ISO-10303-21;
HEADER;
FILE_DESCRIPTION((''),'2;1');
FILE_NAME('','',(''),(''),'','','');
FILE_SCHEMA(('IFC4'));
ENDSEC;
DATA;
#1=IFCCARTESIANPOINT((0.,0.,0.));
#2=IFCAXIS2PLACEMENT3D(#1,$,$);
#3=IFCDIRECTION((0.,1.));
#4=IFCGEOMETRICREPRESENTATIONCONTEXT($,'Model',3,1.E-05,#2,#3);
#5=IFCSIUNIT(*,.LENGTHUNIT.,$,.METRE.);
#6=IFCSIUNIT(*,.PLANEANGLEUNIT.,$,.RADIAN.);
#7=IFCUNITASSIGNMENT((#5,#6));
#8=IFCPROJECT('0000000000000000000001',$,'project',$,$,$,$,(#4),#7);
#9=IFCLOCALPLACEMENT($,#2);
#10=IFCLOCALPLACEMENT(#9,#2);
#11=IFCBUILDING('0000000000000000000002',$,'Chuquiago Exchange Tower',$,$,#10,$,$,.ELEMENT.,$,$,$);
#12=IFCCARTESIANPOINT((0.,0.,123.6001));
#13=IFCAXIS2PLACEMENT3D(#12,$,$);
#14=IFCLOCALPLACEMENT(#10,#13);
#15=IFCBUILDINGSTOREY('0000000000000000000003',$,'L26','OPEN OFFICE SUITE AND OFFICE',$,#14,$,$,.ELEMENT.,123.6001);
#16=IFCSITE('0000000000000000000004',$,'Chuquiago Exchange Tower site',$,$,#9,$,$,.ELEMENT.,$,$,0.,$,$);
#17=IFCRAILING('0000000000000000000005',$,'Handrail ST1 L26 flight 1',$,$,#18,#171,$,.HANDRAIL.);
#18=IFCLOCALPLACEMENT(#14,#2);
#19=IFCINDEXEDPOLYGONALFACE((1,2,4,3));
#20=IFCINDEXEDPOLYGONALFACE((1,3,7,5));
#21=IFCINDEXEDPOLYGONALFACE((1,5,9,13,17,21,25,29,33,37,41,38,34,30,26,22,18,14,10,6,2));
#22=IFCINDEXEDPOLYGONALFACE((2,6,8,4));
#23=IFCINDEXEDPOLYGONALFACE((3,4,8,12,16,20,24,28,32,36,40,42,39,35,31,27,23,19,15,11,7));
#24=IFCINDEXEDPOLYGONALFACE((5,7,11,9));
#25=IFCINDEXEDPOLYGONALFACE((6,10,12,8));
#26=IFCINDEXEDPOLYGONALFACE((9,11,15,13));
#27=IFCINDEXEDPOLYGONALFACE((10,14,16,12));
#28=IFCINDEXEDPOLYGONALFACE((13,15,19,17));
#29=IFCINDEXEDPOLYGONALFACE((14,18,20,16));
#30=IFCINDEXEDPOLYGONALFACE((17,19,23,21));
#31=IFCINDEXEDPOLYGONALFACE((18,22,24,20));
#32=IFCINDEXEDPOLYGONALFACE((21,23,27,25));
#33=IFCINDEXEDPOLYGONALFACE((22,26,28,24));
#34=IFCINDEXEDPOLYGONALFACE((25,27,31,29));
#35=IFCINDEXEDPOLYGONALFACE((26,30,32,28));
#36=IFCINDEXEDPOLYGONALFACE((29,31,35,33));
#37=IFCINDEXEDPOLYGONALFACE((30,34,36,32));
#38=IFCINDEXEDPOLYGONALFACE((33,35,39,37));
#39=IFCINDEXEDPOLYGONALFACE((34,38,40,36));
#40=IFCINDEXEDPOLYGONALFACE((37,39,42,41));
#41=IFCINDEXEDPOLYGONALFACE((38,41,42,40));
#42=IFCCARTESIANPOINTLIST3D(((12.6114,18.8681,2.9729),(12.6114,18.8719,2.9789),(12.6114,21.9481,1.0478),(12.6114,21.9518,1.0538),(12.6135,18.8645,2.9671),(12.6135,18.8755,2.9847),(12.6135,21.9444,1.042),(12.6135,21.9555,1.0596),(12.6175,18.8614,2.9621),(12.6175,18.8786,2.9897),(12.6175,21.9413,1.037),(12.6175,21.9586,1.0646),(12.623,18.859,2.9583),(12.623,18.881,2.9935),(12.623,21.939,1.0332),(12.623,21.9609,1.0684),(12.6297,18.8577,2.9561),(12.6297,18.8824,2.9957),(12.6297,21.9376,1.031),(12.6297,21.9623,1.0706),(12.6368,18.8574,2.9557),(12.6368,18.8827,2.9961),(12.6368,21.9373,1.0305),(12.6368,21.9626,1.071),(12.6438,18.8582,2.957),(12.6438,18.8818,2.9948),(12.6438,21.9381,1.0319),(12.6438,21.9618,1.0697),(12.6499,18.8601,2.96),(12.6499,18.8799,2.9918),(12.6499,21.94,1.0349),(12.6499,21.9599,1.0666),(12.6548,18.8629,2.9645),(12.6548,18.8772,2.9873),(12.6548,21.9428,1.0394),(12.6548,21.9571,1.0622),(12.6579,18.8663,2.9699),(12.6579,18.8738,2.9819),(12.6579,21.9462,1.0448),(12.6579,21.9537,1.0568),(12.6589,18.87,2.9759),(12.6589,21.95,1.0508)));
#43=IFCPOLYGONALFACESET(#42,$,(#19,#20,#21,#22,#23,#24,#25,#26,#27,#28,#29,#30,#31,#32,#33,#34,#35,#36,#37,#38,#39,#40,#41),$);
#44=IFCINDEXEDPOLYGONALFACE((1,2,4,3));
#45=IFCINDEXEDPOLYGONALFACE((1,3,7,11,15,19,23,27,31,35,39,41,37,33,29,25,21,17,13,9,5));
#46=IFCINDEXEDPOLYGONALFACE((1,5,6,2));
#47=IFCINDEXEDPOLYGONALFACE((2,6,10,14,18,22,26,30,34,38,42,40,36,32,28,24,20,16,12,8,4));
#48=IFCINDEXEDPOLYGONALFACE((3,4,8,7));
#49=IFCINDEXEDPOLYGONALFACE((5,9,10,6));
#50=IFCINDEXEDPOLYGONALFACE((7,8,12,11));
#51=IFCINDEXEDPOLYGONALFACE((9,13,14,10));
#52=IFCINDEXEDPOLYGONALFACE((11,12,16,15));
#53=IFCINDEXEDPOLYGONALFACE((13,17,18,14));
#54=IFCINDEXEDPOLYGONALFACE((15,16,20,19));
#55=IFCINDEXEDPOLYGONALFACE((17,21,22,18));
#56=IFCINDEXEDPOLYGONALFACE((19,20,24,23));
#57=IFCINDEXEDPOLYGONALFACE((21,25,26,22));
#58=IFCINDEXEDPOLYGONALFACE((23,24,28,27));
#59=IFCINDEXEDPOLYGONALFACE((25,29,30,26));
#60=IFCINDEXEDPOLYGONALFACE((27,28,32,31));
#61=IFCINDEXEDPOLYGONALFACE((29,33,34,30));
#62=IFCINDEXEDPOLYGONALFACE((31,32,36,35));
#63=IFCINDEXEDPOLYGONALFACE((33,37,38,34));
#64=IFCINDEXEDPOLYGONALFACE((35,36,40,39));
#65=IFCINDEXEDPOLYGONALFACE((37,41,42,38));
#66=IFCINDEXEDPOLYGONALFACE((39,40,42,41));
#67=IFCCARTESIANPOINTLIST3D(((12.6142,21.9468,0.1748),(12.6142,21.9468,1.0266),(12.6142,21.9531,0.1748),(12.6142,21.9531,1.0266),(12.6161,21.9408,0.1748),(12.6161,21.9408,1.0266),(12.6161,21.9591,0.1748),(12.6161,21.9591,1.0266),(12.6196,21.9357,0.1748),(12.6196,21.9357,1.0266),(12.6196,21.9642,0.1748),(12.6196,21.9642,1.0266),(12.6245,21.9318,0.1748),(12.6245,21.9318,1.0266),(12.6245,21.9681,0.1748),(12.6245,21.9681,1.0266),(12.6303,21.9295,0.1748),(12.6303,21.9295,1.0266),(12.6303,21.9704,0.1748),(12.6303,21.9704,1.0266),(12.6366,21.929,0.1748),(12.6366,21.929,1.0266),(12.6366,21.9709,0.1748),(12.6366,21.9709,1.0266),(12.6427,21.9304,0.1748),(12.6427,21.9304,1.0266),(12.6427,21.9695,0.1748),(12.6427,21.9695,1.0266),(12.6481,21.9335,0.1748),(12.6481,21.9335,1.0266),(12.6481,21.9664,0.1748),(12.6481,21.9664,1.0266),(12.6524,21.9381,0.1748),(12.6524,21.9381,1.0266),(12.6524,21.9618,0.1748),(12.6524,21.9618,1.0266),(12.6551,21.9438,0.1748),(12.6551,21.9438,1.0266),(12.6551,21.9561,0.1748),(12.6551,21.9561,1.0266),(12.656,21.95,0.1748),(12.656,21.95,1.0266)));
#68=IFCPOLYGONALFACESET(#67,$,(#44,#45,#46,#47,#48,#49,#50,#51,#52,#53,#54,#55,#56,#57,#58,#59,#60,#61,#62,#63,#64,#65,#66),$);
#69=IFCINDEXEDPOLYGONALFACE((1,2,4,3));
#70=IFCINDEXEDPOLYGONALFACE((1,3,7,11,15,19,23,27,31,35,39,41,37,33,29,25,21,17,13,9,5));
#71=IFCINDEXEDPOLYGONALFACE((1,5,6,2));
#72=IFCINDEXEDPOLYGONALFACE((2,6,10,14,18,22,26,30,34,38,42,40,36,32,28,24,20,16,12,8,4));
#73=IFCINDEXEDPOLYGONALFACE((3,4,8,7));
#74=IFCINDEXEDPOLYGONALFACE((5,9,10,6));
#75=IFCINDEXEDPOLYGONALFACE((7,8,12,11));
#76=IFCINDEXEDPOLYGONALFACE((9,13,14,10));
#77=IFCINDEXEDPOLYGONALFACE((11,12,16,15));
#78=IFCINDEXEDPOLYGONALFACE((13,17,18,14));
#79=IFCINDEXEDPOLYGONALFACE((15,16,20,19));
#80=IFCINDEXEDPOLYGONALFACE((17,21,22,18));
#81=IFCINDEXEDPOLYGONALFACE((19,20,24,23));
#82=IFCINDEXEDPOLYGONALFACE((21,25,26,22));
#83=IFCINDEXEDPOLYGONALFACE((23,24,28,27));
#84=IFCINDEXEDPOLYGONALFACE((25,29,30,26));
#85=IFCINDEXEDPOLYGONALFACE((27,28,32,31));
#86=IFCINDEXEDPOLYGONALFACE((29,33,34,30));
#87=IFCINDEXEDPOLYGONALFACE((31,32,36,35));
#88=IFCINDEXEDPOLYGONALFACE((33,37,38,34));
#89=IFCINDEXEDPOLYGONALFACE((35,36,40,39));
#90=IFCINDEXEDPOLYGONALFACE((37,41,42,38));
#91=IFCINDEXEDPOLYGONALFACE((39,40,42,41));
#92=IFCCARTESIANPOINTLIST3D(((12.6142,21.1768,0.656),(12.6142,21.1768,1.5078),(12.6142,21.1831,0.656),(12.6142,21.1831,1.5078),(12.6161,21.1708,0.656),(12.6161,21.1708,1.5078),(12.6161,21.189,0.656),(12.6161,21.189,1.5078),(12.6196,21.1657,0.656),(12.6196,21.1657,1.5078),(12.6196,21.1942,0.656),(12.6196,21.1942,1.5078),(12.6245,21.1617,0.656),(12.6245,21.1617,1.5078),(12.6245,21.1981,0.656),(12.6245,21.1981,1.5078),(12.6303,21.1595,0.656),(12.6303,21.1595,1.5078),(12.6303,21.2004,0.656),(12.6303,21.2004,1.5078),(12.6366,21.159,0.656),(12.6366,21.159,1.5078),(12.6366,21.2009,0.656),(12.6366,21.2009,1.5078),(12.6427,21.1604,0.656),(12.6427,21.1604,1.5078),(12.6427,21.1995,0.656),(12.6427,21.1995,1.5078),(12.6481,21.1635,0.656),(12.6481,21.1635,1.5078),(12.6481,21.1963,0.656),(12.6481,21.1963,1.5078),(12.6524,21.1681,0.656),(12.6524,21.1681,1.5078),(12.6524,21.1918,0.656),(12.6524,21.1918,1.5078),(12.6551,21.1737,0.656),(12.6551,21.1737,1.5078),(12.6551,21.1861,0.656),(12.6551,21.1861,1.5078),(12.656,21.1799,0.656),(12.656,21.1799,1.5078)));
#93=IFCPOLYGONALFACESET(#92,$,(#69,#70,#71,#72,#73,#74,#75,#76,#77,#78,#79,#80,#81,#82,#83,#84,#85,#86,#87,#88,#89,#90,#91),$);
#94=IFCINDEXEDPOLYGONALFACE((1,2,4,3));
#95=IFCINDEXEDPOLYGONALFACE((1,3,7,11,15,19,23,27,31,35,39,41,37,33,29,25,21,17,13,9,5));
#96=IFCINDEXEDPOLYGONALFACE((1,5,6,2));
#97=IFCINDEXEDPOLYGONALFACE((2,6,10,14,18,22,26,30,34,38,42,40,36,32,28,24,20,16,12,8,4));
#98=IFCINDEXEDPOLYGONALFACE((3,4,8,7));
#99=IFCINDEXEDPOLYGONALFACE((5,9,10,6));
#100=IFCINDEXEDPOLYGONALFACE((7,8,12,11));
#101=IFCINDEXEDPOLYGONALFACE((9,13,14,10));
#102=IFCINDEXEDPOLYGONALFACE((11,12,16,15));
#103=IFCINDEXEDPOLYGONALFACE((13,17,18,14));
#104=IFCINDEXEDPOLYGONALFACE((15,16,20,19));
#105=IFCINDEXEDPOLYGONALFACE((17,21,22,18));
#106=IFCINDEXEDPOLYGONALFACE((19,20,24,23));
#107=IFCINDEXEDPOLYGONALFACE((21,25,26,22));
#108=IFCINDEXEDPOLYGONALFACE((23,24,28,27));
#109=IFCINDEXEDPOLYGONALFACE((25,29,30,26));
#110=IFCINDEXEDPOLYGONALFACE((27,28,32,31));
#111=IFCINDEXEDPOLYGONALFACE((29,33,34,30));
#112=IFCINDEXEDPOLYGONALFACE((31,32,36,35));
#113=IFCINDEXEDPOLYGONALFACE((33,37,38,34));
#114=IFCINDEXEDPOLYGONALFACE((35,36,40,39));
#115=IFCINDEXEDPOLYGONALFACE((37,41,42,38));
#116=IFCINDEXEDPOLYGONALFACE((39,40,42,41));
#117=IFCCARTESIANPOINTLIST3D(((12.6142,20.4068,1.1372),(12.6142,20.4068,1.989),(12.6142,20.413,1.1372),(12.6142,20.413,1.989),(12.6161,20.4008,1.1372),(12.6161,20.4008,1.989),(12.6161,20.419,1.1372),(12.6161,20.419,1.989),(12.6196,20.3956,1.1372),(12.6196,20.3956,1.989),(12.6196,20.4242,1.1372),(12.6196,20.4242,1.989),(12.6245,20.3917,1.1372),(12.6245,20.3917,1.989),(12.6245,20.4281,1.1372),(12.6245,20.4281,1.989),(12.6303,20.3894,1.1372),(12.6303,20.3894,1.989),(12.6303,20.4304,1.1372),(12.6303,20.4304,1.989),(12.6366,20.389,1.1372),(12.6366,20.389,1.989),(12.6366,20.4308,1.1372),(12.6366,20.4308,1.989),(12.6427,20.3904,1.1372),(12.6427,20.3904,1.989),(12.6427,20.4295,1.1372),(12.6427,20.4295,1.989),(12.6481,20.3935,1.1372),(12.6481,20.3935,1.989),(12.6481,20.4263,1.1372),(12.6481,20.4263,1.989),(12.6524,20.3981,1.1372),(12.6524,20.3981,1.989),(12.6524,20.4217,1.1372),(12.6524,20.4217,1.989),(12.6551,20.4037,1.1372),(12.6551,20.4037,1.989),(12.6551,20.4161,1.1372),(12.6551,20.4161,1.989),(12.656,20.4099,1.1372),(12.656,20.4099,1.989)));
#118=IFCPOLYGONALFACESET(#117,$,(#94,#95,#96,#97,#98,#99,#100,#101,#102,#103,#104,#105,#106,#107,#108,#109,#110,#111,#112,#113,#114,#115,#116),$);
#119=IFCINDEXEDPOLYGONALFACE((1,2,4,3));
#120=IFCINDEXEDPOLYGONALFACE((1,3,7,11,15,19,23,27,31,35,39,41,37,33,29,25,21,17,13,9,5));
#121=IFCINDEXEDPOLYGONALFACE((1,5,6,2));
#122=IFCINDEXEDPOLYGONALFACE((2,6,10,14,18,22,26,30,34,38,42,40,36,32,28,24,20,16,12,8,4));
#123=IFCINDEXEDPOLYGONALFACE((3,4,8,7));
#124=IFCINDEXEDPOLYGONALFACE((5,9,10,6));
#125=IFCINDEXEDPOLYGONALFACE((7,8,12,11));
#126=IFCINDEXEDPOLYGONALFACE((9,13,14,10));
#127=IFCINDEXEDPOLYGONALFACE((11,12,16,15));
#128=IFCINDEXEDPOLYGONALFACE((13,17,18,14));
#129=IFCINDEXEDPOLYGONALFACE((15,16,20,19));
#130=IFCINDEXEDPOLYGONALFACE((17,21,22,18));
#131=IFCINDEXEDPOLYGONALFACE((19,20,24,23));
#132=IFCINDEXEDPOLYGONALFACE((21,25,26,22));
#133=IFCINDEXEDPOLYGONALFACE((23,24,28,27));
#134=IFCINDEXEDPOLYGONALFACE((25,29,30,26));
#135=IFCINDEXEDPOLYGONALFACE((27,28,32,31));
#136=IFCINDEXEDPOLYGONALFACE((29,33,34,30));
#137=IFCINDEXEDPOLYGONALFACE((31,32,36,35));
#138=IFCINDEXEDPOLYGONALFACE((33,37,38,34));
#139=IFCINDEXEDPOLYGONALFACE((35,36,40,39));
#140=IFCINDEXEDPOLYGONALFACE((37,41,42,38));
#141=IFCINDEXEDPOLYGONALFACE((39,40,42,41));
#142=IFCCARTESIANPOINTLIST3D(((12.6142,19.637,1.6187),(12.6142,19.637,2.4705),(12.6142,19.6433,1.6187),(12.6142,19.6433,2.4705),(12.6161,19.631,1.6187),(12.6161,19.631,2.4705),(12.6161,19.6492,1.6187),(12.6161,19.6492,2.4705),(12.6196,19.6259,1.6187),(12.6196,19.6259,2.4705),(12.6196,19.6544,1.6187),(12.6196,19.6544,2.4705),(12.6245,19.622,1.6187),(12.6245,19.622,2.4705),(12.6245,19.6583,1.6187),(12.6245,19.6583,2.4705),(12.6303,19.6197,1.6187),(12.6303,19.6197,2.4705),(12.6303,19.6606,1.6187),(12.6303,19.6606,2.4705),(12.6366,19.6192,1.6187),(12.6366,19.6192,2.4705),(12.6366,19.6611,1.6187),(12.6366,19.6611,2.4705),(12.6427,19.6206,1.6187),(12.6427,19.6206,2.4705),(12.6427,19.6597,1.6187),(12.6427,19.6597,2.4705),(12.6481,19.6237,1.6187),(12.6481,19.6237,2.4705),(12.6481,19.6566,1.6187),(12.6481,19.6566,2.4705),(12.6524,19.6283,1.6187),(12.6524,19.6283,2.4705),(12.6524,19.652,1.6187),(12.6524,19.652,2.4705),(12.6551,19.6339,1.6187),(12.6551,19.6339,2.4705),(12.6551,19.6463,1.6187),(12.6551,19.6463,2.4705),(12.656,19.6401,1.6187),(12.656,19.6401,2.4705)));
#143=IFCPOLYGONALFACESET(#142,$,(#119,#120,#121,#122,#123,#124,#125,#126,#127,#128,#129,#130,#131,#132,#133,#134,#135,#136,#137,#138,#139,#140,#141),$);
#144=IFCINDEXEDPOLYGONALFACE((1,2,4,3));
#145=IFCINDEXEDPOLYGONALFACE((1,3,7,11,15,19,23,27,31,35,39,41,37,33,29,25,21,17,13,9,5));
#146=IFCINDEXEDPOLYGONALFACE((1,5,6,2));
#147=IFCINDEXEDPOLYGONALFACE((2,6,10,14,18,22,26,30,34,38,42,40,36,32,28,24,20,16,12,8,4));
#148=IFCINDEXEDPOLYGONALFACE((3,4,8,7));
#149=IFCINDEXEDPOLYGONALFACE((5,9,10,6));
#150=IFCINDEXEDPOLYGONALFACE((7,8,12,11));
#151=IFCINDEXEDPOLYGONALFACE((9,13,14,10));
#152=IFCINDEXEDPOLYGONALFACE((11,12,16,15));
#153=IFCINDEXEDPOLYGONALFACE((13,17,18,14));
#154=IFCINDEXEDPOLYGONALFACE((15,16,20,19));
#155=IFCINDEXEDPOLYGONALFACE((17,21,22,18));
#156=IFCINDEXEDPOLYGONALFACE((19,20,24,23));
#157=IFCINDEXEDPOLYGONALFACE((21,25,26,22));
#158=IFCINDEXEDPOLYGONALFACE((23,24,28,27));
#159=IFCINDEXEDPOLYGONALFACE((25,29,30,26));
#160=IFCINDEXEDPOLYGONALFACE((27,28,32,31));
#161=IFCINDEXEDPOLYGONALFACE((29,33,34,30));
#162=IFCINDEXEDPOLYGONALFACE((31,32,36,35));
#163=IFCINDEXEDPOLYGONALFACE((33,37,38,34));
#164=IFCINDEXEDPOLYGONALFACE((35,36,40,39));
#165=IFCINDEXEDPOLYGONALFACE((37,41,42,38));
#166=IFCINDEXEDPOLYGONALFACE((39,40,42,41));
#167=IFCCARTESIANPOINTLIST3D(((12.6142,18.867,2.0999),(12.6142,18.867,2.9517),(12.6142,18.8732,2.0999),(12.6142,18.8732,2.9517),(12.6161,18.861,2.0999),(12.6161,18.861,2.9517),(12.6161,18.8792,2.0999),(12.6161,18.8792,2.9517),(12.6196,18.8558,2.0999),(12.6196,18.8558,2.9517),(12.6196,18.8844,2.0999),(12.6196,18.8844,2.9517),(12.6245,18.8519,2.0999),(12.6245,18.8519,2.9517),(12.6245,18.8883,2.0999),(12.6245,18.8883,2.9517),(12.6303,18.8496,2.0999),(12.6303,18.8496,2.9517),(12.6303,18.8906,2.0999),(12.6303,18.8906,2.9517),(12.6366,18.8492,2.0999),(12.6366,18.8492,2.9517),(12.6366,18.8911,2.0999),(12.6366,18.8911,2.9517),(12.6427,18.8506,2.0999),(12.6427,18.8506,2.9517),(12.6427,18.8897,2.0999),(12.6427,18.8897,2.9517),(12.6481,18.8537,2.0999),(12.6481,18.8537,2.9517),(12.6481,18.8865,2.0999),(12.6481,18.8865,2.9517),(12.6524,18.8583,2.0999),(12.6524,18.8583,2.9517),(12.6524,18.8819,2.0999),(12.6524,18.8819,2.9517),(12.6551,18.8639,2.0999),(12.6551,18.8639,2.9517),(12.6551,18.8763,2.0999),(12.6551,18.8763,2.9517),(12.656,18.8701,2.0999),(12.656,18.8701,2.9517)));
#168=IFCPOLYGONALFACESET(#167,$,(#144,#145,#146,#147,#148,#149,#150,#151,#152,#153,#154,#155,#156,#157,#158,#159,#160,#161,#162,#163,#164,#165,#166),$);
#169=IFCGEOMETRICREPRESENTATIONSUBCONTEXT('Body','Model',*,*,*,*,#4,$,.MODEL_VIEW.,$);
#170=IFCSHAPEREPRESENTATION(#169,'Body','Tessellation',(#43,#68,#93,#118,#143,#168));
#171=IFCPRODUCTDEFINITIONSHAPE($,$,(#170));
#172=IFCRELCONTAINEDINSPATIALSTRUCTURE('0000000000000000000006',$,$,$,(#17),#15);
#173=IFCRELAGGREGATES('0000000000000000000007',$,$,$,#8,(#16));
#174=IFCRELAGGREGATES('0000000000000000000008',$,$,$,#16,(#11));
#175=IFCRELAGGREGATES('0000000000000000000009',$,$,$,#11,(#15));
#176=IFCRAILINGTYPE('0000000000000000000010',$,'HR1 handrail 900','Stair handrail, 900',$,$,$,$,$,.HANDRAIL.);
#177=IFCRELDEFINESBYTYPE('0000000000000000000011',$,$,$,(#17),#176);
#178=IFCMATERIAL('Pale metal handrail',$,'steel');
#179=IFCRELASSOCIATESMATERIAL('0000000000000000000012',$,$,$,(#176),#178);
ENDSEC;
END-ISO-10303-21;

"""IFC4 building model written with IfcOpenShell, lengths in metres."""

from ifc_helpers import new_model, si_unit, direction, frame, origin, origin_2d, place, context, subcontext, project, spatial, circle, extrude, material, type_object, element, save


model = new_model("IFC4")

# Units and contexts
model_context = context("Model", 3, precision=1e-05, world=origin(), true_north=direction((0.0, 1.0)))
body_context = subcontext(model_context, "Body", "Model", "MODEL_VIEW")
ifc_project = project(units=[si_unit("LENGTHUNIT", "METRE"), si_unit("PLANEANGLEUNIT", "RADIAN")], contexts=[model_context])

# Site, building, storey
site_placement = place(None, origin())
site = spatial("IfcSite", under=ifc_project, at=site_placement, Name="Chuquiago Exchange Tower site", CompositionType="ELEMENT", RefElevation=0.0)
building_placement = place(site_placement, origin())
building = spatial("IfcBuilding", under=site, at=building_placement, Name="Chuquiago Exchange Tower", CompositionType="ELEMENT")
storey_placement = place(building_placement, frame((0.0, 0.0, 123.6001)))
storey = spatial("IfcBuildingStorey", under=building, at=storey_placement, Name="L26", Description="OPEN OFFICE SUITE AND OFFICE", CompositionType="ELEMENT", Elevation=123.6001)

# Railing
ifc_material_1 = material(Name="Pale metal handrail", Category="steel")
railing_type = type_object("IfcRailingType", Name="HR1 handrail 900", Description="Stair handrail, 900", PredefinedType="HANDRAIL", material=ifc_material_1)
for number, where, name in (
    (1, (12.635, 21.95, 0.1748), "Handrail ST1 L26 flight 1"),
):
    element("IfcRailing", number, at=place(storey_placement, frame(where)), inside=storey, type_object=railing_type, Name=name, PredefinedType="HANDRAIL", context=body_context, shape_type="SweptSolid", body=[
        extrude(circle(Radius=0.0239, at=origin_2d()), frame((0.0, 0.0, 0.876), z_axis=(0.0, -0.847979, 0.530029), x_axis=(1.0, 0.0, 0.0)), (0.0, 0.0, 1.0), 3.6321),
        extrude(circle(Radius=0.021, at=origin_2d()), origin(), (0.0, 0.0, 1.0), 0.8518),
        extrude(circle(Radius=0.021, at=origin_2d()), frame((0.0, -0.77, 0.4812)), (0.0, 0.0, 1.0), 0.8518),
        extrude(circle(Radius=0.021, at=origin_2d()), frame((0.0, -1.54, 0.9624)), (0.0, 0.0, 1.0), 0.8518),
        extrude(circle(Radius=0.021, at=origin_2d()), frame((0.0, -2.3098, 1.4438)), (0.0, 0.0, 1.0), 0.8518),
        extrude(circle(Radius=0.021, at=origin_2d()), frame((0.0, -3.0798, 1.925)), (0.0, 0.0, 1.0), 0.8518),
    ])

save(model, "model.ifc")
